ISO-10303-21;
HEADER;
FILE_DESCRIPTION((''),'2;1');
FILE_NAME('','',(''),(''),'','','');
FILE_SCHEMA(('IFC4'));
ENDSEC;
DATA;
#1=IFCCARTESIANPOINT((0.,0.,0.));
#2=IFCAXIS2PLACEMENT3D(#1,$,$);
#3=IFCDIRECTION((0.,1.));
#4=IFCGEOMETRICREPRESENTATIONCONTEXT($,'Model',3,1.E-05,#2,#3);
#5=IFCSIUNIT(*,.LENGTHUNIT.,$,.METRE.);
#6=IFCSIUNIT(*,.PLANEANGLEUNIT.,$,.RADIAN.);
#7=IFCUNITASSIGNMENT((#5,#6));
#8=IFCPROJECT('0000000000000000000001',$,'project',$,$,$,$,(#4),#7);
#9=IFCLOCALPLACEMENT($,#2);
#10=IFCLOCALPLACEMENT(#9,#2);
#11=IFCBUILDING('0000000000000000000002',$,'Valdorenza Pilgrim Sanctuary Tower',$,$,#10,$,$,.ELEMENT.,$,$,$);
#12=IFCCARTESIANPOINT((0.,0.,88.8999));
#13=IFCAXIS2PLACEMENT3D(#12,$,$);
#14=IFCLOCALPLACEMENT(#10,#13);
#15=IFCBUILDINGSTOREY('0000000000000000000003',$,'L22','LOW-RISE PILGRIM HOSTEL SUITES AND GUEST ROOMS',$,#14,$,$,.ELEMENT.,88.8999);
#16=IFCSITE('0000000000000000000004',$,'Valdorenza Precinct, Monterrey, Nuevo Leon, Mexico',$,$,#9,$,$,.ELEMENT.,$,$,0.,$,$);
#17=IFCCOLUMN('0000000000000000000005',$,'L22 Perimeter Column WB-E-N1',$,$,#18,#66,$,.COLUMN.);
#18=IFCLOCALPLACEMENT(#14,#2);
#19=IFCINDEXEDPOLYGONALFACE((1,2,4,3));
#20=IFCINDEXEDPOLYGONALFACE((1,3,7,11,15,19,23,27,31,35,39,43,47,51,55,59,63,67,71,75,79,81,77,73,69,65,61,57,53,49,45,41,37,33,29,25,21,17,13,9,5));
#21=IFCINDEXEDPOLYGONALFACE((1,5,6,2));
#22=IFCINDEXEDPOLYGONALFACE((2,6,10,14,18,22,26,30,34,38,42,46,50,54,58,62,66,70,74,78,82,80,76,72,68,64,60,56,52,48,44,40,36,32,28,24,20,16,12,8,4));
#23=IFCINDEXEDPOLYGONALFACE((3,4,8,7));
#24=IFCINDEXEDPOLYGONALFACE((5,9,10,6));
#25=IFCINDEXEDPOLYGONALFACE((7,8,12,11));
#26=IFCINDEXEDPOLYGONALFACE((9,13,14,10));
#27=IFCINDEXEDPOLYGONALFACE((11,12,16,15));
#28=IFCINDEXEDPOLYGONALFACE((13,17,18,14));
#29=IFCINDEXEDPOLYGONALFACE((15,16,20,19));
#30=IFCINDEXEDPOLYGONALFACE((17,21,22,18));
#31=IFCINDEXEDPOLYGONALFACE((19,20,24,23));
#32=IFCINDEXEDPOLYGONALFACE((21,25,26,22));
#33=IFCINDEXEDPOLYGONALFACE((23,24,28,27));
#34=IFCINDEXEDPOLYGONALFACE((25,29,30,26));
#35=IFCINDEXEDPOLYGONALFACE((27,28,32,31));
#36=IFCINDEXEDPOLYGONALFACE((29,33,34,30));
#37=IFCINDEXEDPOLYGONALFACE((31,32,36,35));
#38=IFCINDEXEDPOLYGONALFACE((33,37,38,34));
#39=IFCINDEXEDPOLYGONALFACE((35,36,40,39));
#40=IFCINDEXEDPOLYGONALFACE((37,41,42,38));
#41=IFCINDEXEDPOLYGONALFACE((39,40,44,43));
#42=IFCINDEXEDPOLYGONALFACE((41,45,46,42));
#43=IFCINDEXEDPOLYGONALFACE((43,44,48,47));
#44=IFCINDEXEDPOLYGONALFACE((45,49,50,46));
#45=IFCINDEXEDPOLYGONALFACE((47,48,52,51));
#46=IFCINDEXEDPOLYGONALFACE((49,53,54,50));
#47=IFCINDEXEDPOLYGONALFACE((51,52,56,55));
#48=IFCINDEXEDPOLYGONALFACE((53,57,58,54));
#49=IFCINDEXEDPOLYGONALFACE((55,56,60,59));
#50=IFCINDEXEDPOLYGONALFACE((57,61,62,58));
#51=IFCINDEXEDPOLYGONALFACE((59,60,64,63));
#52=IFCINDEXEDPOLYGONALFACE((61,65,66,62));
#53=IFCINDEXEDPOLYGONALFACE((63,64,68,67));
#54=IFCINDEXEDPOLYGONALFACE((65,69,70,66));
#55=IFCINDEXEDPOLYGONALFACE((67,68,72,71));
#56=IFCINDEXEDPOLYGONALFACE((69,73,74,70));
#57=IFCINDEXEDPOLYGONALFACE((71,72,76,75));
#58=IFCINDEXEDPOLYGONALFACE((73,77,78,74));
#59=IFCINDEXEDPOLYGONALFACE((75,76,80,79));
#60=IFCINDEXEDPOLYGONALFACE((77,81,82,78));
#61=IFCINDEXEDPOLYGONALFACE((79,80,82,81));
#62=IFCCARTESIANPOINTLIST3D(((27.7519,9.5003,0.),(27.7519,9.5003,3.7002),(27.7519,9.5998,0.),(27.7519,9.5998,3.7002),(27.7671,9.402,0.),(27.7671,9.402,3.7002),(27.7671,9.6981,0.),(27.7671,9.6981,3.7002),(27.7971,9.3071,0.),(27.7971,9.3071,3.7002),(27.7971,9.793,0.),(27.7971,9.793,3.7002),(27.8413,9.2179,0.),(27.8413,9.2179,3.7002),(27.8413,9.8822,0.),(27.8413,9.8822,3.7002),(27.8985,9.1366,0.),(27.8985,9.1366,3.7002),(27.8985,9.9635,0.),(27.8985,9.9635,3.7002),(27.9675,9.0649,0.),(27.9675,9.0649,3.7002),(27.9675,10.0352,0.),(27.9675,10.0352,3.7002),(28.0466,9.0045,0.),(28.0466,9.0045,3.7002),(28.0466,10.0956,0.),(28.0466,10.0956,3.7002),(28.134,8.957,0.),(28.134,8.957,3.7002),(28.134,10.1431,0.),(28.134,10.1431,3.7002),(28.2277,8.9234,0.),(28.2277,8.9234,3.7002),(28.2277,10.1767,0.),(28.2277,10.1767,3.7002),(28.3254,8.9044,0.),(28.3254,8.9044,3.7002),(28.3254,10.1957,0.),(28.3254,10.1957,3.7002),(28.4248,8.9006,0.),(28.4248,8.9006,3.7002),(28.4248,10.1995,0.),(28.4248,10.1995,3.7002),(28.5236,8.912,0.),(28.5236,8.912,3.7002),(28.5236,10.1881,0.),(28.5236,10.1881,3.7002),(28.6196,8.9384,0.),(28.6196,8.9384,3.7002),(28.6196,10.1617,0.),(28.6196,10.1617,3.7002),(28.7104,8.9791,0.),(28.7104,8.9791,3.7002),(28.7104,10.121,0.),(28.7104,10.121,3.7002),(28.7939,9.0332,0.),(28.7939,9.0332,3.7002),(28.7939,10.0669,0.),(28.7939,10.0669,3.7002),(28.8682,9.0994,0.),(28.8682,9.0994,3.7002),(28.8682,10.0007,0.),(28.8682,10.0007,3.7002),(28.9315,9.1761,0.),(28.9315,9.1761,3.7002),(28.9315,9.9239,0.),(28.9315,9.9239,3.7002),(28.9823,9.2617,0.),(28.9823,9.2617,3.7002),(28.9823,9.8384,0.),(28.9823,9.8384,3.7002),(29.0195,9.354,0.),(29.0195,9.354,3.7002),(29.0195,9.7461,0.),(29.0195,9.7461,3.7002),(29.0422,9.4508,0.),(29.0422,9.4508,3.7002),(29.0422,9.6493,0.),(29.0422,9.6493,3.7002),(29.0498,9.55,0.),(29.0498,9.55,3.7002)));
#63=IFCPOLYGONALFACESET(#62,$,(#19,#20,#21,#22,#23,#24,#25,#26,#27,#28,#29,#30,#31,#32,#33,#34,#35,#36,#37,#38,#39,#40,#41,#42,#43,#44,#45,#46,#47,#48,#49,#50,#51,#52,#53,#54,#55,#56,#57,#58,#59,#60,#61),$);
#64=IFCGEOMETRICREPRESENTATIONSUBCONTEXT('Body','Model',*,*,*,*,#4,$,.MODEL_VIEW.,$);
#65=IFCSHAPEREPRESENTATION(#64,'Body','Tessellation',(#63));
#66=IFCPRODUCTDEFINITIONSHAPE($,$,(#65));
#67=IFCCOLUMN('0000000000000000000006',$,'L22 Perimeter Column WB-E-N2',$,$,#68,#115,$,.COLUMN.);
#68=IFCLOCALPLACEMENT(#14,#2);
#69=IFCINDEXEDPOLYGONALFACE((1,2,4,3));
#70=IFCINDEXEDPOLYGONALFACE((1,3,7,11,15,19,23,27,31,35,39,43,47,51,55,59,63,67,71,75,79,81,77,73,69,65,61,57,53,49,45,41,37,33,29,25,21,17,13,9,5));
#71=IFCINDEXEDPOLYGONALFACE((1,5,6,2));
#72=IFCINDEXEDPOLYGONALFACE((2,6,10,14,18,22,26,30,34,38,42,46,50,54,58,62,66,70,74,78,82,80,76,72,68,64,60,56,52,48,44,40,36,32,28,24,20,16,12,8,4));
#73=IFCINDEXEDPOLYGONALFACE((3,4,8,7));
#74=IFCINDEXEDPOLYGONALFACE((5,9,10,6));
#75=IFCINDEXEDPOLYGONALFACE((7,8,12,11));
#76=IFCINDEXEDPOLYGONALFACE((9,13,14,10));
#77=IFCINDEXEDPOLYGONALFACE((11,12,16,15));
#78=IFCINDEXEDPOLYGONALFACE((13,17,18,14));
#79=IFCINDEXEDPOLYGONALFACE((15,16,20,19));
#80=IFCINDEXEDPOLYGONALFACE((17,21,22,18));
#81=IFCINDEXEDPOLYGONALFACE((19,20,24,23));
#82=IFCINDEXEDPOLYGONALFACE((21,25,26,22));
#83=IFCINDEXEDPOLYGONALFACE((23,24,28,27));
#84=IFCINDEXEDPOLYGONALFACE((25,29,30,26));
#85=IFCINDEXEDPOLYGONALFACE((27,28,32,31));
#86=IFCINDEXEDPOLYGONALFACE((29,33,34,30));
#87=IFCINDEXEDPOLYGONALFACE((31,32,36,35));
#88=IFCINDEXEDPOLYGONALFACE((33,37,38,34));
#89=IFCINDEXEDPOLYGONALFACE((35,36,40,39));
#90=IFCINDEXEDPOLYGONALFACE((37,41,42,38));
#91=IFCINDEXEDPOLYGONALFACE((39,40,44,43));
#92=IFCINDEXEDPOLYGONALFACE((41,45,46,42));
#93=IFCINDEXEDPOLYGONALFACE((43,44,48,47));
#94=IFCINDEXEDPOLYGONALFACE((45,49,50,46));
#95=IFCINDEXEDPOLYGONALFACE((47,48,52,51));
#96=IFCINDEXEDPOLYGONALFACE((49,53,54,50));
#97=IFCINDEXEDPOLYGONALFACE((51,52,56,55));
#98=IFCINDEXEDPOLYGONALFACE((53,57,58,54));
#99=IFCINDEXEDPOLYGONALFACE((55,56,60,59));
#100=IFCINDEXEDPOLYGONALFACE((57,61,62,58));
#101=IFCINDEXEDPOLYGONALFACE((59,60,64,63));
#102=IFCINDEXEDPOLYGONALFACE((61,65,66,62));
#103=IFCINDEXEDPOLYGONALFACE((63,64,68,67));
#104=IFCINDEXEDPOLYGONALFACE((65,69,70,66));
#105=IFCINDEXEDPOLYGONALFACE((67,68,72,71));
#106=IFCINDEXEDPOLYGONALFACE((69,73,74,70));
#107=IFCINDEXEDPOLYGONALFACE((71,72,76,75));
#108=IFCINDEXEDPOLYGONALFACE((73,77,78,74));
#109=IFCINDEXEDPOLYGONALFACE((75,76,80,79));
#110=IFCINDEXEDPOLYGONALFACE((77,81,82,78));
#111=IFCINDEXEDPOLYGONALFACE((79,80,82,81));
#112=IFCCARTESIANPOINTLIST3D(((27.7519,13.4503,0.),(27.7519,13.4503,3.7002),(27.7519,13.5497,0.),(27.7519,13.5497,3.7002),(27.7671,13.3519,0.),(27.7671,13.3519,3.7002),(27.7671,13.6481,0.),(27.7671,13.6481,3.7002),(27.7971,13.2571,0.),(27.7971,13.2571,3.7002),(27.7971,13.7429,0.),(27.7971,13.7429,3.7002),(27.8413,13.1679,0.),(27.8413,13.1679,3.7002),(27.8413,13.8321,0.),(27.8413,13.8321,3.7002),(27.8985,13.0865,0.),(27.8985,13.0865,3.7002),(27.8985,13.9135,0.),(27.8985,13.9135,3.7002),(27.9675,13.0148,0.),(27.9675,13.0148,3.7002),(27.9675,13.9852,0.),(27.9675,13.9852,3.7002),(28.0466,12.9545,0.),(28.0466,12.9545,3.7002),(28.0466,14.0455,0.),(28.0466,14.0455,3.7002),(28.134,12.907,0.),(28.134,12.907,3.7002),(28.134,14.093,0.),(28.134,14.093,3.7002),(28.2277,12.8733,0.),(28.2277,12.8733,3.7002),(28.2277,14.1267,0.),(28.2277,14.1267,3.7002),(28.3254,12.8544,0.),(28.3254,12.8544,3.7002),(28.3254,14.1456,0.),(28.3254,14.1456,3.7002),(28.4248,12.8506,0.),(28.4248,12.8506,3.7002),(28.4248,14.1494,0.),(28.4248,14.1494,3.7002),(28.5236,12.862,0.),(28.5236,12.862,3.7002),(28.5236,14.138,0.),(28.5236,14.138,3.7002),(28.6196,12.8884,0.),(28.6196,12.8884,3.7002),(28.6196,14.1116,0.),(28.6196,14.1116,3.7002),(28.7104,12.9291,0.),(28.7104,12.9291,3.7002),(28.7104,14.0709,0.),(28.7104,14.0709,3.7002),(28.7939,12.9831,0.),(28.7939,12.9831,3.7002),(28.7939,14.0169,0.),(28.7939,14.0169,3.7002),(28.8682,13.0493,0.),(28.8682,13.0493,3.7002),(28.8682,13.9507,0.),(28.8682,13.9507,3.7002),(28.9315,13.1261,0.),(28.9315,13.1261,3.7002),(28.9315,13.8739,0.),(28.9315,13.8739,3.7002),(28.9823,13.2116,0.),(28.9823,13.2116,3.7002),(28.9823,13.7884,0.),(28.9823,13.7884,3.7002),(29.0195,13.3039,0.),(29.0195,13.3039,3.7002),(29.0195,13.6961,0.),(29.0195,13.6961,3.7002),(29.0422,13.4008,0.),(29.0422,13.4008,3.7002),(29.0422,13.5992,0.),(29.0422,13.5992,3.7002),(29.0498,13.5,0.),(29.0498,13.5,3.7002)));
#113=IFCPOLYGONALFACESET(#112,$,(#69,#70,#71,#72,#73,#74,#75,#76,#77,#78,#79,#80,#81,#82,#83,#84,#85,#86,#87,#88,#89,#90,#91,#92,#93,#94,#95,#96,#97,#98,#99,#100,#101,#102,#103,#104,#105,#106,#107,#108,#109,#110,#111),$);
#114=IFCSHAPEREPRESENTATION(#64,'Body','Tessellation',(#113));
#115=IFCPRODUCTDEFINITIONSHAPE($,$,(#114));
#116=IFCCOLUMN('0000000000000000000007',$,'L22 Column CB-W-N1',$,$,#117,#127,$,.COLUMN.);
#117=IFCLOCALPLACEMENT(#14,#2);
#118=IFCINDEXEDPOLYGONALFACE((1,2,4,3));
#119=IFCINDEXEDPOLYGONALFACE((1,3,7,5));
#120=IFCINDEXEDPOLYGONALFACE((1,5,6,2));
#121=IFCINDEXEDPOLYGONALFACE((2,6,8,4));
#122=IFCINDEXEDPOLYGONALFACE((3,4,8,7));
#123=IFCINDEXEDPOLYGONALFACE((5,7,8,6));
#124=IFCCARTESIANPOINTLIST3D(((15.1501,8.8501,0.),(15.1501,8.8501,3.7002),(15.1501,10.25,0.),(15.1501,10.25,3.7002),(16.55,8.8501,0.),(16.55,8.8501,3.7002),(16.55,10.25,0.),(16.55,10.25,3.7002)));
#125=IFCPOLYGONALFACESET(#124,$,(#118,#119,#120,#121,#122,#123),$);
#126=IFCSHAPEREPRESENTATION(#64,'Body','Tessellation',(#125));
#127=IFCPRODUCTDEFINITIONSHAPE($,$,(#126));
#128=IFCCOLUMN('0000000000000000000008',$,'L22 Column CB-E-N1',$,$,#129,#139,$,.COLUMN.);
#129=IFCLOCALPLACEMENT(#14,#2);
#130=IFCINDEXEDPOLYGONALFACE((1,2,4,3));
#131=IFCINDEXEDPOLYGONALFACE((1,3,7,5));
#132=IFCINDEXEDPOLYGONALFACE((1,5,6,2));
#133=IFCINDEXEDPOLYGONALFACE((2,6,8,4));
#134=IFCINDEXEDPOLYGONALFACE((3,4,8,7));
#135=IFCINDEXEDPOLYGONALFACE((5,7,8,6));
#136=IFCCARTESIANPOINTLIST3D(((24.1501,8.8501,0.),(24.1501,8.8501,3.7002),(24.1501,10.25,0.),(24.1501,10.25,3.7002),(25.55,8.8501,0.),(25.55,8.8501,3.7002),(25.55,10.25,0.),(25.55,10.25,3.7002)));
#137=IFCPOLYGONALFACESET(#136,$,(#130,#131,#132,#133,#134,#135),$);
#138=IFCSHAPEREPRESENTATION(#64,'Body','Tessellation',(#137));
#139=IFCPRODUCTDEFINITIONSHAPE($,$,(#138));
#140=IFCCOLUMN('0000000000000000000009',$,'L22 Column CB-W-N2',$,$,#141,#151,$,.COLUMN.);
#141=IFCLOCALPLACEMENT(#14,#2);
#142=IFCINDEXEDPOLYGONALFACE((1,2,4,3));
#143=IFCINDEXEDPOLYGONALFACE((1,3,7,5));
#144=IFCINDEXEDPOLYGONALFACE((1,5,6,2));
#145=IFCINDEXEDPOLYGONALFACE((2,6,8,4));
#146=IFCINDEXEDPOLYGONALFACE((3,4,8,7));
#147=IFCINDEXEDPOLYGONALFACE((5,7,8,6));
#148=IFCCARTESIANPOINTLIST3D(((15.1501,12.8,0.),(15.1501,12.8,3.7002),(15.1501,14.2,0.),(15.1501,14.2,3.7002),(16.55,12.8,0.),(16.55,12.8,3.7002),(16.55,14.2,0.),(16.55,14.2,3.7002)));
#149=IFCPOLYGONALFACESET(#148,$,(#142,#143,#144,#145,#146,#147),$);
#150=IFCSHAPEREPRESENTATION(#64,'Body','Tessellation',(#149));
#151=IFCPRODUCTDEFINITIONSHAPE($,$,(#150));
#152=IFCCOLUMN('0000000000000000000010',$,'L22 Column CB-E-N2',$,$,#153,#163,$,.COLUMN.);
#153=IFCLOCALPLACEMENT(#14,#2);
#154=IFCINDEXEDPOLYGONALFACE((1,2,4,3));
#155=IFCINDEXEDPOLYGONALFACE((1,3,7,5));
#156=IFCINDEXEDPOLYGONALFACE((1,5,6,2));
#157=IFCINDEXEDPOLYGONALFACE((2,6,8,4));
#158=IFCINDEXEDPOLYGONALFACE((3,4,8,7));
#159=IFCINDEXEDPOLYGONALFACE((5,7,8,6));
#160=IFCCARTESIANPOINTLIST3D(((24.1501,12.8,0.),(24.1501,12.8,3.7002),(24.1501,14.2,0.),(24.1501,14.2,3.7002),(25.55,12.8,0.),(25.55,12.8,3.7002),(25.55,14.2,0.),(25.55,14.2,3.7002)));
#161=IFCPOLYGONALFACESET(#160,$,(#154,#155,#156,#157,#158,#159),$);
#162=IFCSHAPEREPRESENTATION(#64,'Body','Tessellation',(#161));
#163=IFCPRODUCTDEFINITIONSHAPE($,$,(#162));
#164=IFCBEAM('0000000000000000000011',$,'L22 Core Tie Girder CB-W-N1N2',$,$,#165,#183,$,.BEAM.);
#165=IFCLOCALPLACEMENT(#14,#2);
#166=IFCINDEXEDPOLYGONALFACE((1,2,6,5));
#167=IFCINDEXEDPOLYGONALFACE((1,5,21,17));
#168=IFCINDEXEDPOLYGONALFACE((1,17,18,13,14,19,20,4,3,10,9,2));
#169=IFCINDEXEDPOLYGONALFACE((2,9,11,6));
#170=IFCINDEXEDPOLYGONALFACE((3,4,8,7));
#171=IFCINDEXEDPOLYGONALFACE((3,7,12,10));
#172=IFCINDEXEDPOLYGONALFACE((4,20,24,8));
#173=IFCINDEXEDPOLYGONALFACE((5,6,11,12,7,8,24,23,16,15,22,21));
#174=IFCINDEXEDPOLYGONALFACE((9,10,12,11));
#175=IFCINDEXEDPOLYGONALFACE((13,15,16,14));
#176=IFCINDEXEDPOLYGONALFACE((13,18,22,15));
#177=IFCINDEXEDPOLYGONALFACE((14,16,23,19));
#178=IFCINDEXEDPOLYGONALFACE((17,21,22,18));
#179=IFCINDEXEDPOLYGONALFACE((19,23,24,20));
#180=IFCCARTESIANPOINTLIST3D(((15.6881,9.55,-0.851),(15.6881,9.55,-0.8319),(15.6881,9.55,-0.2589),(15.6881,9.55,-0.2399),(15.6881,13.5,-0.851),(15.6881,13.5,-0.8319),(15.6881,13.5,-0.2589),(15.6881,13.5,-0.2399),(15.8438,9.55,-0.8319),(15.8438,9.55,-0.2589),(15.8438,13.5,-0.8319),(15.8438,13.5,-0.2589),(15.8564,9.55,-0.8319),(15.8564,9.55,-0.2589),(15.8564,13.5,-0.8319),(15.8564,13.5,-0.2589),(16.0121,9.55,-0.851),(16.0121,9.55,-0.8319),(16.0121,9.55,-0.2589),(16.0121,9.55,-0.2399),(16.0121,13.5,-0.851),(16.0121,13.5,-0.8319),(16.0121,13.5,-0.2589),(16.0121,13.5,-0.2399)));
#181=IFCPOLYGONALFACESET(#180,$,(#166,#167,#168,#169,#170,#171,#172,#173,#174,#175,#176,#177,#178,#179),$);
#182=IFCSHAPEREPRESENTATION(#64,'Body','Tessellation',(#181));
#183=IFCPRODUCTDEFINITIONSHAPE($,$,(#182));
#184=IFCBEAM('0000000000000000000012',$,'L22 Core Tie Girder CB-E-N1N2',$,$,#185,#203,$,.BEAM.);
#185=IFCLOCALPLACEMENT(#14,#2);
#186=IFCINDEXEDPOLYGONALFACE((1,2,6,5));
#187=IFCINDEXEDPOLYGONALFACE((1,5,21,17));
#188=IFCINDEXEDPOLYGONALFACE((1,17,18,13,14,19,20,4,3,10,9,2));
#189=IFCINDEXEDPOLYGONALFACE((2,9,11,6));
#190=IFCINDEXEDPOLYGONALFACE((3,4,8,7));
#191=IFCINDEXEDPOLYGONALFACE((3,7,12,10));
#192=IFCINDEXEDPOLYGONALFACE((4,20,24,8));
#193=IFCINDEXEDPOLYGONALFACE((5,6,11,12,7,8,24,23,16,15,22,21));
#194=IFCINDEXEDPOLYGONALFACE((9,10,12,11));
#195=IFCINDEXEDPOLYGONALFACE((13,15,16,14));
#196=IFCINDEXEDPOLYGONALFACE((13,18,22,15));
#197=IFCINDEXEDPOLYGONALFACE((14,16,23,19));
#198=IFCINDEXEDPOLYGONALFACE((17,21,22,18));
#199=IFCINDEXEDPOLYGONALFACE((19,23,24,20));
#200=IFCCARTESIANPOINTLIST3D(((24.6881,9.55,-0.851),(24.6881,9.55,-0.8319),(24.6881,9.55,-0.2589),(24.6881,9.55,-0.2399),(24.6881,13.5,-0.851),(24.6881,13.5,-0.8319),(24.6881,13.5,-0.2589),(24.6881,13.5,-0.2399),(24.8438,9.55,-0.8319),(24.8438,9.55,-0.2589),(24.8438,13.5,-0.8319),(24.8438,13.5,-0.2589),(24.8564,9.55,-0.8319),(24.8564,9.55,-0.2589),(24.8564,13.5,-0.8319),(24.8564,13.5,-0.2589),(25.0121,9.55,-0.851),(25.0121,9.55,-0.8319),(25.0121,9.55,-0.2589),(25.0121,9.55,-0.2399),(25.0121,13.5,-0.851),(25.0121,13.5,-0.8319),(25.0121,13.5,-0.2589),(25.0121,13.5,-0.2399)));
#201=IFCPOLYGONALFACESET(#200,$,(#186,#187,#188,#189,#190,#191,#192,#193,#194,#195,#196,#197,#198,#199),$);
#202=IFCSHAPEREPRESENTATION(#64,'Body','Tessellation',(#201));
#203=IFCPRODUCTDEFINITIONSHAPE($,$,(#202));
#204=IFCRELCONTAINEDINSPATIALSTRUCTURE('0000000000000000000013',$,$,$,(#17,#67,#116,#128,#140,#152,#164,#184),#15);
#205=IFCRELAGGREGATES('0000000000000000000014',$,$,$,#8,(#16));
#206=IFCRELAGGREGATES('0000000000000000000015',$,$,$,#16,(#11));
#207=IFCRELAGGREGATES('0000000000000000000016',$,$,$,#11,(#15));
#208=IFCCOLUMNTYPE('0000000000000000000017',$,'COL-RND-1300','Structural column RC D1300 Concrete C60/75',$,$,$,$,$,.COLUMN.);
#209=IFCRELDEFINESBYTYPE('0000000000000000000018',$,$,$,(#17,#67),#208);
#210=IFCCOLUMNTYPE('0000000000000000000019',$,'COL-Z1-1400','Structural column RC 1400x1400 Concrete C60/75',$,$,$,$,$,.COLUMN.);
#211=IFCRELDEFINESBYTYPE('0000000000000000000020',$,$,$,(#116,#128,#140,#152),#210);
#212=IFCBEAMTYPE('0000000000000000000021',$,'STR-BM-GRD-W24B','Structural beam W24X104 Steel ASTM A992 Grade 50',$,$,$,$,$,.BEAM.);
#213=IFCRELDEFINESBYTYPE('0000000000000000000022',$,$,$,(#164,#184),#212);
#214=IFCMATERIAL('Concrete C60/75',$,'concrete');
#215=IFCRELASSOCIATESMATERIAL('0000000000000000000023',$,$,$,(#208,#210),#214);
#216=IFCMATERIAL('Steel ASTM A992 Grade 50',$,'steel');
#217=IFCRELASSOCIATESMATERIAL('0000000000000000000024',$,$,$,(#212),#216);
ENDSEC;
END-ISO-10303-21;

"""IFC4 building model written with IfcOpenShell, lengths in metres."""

from ifc_helpers import new_model, si_unit, direction, frame, origin, origin_2d, place, context, subcontext, project, spatial, rectangle, circle, i_section, extrude, source, transform, mapped, material, material_profile, profile_set, type_object, element, save


model = new_model("IFC4")

# Units and contexts
model_context = context("Model", 3, precision=1e-05, world=origin(), true_north=direction((0.0, 1.0)))
body_context = subcontext(model_context, "Body", "Model", "MODEL_VIEW")
ifc_project = project(units=[si_unit("LENGTHUNIT", "METRE"), si_unit("PLANEANGLEUNIT", "RADIAN")], contexts=[model_context])

# Site, building, storey
site_placement = place(None, origin())
site = spatial("IfcSite", under=ifc_project, at=site_placement, Name="Valdorenza Precinct, Monterrey, Nuevo Leon, Mexico", CompositionType="ELEMENT", RefElevation=0.0)
building_placement = place(site_placement, origin())
building = spatial("IfcBuilding", under=site, at=building_placement, Name="Valdorenza Pilgrim Sanctuary Tower", CompositionType="ELEMENT")
storey_placement = place(building_placement, frame((0.0, 0.0, 88.8999)))
storey = spatial("IfcBuildingStorey", under=building, at=storey_placement, Name="L22", Description="LOW-RISE PILGRIM HOSTEL SUITES AND GUEST ROOMS", CompositionType="ELEMENT", Elevation=88.8999)

# Columns
ifc_material_1 = material(Name="Concrete C60/75", Category="concrete")
ifc_material_profile_1 = material_profile(ifc_material_1, circle(Radius=0.6499, at=origin_2d()), Name="RC D1300")
ifc_profile_set_1 = profile_set([ifc_material_profile_1], Name="Concrete C60/75")
column_type_1 = type_object("IfcColumnType", Name="COL-RND-1300", Description="Structural column RC D1300 Concrete C60/75", PredefinedType="COLUMN", material=ifc_profile_set_1)
shared_shape_1 = source(origin(), body_context, "Body", "SweptSolid", [
    extrude(circle(Radius=0.6499, at=origin_2d()), origin(), (0.0, 0.0, 1.0), 3.7002),
])
for number, where, z_axis, x_axis, name in (
    (1, (28.3999, 9.55, 0.0), (0.0, 0.0, 1.0), (1.0, 0.0, 0.0), "L22 Perimeter Column WB-E-N1"),
    (2, (28.3999, 13.5, 0.0), (0.0, 0.0, 1.0), (1.0, 0.0, 0.0), "L22 Perimeter Column WB-E-N2"),
):
    element("IfcColumn", number, at=place(storey_placement, frame(where, z_axis=z_axis, x_axis=x_axis)), inside=storey, type_object=column_type_1, Name=name, PredefinedType="COLUMN", context=body_context, shape_type="MappedRepresentation", body=[
        mapped(shared_shape_1, transform((0.0, 0.0, 0.0), x_axis=(1.0, 0.0, 0.0), y_axis=(0.0, 1.0, 0.0), z_axis=(0.0, 0.0, 1.0), scale=1.0)),
    ])
ifc_material_profile_2 = material_profile(ifc_material_1, rectangle(XDim=1.3999, YDim=1.3999, at=origin_2d()), Name="RC 1400x1400")
ifc_profile_set_2 = profile_set([ifc_material_profile_2], Name="Concrete C60/75")
column_type_2 = type_object("IfcColumnType", Name="COL-Z1-1400", Description="Structural column RC 1400x1400 Concrete C60/75", PredefinedType="COLUMN", material=ifc_profile_set_2)
shared_shape_2 = source(origin(), body_context, "Body", "SweptSolid", [
    extrude(rectangle(XDim=1.3999, YDim=1.3999, at=origin_2d()), origin(), (0.0, 0.0, 1.0), 3.7002),
])
for number, where, z_axis, x_axis, name in (
    (3, (15.8501, 9.55, 0.0), (0.0, 0.0, 1.0), (1.0, 0.0, 0.0), "L22 Column CB-W-N1"),
    (4, (24.8501, 9.55, 0.0), (0.0, 0.0, 1.0), (1.0, 0.0, 0.0), "L22 Column CB-E-N1"),
    (5, (15.8501, 13.5, 0.0), (0.0, 0.0, 1.0), (1.0, 0.0, 0.0), "L22 Column CB-W-N2"),
    (6, (24.8501, 13.5, 0.0), (0.0, 0.0, 1.0), (1.0, 0.0, 0.0), "L22 Column CB-E-N2"),
):
    element("IfcColumn", number, at=place(storey_placement, frame(where, z_axis=z_axis, x_axis=x_axis)), inside=storey, type_object=column_type_2, Name=name, PredefinedType="COLUMN", context=body_context, shape_type="MappedRepresentation", body=[
        mapped(shared_shape_2, transform((0.0, 0.0, 0.0), x_axis=(1.0, 0.0, 0.0), y_axis=(0.0, 1.0, 0.0), z_axis=(0.0, 0.0, 1.0), scale=1.0)),
    ])

# Beams
ifc_material_2 = material(Name="Steel ASTM A992 Grade 50", Category="steel")
ifc_material_profile_3 = material_profile(ifc_material_2, i_section(OverallWidth=0.324, OverallDepth=0.6111, WebThickness=0.0127, FlangeThickness=0.019, at=origin_2d()), Name="W24X104")
ifc_profile_set_3 = profile_set([ifc_material_profile_3], Name="Steel ASTM A992 Grade 50")
beam_type_1 = type_object("IfcBeamType", Name="STR-BM-GRD-W24B", Description="Structural beam W24X104 Steel ASTM A992 Grade 50", PredefinedType="BEAM", material=ifc_profile_set_3)
shared_shape_3 = source(origin(), body_context, "Body", "SweptSolid", [
    extrude(i_section(OverallWidth=0.324, OverallDepth=0.6111, WebThickness=0.0127, FlangeThickness=0.019, at=origin_2d()), origin(), (0.0, 0.0, 1.0), 3.95),
])
for number, where, z_axis, x_axis, name in (
    (7, (15.8501, 9.55, -0.5454), (0.0, 1.0, 0.0), (-1.0, 0.0, 0.0), "L22 Core Tie Girder CB-W-N1N2"),
    (8, (24.8501, 9.55, -0.5454), (0.0, 1.0, 0.0), (-1.0, 0.0, 0.0), "L22 Core Tie Girder CB-E-N1N2"),
):
    element("IfcBeam", number, at=place(storey_placement, frame(where, z_axis=z_axis, x_axis=x_axis)), inside=storey, type_object=beam_type_1, Name=name, PredefinedType="BEAM", context=body_context, shape_type="MappedRepresentation", body=[
        mapped(shared_shape_3, transform((0.0, 0.0, 0.0), x_axis=(1.0, 0.0, 0.0), y_axis=(0.0, 1.0, 0.0), z_axis=(0.0, 0.0, 1.0), scale=1.0)),
    ])

save(model, "model.ifc")
